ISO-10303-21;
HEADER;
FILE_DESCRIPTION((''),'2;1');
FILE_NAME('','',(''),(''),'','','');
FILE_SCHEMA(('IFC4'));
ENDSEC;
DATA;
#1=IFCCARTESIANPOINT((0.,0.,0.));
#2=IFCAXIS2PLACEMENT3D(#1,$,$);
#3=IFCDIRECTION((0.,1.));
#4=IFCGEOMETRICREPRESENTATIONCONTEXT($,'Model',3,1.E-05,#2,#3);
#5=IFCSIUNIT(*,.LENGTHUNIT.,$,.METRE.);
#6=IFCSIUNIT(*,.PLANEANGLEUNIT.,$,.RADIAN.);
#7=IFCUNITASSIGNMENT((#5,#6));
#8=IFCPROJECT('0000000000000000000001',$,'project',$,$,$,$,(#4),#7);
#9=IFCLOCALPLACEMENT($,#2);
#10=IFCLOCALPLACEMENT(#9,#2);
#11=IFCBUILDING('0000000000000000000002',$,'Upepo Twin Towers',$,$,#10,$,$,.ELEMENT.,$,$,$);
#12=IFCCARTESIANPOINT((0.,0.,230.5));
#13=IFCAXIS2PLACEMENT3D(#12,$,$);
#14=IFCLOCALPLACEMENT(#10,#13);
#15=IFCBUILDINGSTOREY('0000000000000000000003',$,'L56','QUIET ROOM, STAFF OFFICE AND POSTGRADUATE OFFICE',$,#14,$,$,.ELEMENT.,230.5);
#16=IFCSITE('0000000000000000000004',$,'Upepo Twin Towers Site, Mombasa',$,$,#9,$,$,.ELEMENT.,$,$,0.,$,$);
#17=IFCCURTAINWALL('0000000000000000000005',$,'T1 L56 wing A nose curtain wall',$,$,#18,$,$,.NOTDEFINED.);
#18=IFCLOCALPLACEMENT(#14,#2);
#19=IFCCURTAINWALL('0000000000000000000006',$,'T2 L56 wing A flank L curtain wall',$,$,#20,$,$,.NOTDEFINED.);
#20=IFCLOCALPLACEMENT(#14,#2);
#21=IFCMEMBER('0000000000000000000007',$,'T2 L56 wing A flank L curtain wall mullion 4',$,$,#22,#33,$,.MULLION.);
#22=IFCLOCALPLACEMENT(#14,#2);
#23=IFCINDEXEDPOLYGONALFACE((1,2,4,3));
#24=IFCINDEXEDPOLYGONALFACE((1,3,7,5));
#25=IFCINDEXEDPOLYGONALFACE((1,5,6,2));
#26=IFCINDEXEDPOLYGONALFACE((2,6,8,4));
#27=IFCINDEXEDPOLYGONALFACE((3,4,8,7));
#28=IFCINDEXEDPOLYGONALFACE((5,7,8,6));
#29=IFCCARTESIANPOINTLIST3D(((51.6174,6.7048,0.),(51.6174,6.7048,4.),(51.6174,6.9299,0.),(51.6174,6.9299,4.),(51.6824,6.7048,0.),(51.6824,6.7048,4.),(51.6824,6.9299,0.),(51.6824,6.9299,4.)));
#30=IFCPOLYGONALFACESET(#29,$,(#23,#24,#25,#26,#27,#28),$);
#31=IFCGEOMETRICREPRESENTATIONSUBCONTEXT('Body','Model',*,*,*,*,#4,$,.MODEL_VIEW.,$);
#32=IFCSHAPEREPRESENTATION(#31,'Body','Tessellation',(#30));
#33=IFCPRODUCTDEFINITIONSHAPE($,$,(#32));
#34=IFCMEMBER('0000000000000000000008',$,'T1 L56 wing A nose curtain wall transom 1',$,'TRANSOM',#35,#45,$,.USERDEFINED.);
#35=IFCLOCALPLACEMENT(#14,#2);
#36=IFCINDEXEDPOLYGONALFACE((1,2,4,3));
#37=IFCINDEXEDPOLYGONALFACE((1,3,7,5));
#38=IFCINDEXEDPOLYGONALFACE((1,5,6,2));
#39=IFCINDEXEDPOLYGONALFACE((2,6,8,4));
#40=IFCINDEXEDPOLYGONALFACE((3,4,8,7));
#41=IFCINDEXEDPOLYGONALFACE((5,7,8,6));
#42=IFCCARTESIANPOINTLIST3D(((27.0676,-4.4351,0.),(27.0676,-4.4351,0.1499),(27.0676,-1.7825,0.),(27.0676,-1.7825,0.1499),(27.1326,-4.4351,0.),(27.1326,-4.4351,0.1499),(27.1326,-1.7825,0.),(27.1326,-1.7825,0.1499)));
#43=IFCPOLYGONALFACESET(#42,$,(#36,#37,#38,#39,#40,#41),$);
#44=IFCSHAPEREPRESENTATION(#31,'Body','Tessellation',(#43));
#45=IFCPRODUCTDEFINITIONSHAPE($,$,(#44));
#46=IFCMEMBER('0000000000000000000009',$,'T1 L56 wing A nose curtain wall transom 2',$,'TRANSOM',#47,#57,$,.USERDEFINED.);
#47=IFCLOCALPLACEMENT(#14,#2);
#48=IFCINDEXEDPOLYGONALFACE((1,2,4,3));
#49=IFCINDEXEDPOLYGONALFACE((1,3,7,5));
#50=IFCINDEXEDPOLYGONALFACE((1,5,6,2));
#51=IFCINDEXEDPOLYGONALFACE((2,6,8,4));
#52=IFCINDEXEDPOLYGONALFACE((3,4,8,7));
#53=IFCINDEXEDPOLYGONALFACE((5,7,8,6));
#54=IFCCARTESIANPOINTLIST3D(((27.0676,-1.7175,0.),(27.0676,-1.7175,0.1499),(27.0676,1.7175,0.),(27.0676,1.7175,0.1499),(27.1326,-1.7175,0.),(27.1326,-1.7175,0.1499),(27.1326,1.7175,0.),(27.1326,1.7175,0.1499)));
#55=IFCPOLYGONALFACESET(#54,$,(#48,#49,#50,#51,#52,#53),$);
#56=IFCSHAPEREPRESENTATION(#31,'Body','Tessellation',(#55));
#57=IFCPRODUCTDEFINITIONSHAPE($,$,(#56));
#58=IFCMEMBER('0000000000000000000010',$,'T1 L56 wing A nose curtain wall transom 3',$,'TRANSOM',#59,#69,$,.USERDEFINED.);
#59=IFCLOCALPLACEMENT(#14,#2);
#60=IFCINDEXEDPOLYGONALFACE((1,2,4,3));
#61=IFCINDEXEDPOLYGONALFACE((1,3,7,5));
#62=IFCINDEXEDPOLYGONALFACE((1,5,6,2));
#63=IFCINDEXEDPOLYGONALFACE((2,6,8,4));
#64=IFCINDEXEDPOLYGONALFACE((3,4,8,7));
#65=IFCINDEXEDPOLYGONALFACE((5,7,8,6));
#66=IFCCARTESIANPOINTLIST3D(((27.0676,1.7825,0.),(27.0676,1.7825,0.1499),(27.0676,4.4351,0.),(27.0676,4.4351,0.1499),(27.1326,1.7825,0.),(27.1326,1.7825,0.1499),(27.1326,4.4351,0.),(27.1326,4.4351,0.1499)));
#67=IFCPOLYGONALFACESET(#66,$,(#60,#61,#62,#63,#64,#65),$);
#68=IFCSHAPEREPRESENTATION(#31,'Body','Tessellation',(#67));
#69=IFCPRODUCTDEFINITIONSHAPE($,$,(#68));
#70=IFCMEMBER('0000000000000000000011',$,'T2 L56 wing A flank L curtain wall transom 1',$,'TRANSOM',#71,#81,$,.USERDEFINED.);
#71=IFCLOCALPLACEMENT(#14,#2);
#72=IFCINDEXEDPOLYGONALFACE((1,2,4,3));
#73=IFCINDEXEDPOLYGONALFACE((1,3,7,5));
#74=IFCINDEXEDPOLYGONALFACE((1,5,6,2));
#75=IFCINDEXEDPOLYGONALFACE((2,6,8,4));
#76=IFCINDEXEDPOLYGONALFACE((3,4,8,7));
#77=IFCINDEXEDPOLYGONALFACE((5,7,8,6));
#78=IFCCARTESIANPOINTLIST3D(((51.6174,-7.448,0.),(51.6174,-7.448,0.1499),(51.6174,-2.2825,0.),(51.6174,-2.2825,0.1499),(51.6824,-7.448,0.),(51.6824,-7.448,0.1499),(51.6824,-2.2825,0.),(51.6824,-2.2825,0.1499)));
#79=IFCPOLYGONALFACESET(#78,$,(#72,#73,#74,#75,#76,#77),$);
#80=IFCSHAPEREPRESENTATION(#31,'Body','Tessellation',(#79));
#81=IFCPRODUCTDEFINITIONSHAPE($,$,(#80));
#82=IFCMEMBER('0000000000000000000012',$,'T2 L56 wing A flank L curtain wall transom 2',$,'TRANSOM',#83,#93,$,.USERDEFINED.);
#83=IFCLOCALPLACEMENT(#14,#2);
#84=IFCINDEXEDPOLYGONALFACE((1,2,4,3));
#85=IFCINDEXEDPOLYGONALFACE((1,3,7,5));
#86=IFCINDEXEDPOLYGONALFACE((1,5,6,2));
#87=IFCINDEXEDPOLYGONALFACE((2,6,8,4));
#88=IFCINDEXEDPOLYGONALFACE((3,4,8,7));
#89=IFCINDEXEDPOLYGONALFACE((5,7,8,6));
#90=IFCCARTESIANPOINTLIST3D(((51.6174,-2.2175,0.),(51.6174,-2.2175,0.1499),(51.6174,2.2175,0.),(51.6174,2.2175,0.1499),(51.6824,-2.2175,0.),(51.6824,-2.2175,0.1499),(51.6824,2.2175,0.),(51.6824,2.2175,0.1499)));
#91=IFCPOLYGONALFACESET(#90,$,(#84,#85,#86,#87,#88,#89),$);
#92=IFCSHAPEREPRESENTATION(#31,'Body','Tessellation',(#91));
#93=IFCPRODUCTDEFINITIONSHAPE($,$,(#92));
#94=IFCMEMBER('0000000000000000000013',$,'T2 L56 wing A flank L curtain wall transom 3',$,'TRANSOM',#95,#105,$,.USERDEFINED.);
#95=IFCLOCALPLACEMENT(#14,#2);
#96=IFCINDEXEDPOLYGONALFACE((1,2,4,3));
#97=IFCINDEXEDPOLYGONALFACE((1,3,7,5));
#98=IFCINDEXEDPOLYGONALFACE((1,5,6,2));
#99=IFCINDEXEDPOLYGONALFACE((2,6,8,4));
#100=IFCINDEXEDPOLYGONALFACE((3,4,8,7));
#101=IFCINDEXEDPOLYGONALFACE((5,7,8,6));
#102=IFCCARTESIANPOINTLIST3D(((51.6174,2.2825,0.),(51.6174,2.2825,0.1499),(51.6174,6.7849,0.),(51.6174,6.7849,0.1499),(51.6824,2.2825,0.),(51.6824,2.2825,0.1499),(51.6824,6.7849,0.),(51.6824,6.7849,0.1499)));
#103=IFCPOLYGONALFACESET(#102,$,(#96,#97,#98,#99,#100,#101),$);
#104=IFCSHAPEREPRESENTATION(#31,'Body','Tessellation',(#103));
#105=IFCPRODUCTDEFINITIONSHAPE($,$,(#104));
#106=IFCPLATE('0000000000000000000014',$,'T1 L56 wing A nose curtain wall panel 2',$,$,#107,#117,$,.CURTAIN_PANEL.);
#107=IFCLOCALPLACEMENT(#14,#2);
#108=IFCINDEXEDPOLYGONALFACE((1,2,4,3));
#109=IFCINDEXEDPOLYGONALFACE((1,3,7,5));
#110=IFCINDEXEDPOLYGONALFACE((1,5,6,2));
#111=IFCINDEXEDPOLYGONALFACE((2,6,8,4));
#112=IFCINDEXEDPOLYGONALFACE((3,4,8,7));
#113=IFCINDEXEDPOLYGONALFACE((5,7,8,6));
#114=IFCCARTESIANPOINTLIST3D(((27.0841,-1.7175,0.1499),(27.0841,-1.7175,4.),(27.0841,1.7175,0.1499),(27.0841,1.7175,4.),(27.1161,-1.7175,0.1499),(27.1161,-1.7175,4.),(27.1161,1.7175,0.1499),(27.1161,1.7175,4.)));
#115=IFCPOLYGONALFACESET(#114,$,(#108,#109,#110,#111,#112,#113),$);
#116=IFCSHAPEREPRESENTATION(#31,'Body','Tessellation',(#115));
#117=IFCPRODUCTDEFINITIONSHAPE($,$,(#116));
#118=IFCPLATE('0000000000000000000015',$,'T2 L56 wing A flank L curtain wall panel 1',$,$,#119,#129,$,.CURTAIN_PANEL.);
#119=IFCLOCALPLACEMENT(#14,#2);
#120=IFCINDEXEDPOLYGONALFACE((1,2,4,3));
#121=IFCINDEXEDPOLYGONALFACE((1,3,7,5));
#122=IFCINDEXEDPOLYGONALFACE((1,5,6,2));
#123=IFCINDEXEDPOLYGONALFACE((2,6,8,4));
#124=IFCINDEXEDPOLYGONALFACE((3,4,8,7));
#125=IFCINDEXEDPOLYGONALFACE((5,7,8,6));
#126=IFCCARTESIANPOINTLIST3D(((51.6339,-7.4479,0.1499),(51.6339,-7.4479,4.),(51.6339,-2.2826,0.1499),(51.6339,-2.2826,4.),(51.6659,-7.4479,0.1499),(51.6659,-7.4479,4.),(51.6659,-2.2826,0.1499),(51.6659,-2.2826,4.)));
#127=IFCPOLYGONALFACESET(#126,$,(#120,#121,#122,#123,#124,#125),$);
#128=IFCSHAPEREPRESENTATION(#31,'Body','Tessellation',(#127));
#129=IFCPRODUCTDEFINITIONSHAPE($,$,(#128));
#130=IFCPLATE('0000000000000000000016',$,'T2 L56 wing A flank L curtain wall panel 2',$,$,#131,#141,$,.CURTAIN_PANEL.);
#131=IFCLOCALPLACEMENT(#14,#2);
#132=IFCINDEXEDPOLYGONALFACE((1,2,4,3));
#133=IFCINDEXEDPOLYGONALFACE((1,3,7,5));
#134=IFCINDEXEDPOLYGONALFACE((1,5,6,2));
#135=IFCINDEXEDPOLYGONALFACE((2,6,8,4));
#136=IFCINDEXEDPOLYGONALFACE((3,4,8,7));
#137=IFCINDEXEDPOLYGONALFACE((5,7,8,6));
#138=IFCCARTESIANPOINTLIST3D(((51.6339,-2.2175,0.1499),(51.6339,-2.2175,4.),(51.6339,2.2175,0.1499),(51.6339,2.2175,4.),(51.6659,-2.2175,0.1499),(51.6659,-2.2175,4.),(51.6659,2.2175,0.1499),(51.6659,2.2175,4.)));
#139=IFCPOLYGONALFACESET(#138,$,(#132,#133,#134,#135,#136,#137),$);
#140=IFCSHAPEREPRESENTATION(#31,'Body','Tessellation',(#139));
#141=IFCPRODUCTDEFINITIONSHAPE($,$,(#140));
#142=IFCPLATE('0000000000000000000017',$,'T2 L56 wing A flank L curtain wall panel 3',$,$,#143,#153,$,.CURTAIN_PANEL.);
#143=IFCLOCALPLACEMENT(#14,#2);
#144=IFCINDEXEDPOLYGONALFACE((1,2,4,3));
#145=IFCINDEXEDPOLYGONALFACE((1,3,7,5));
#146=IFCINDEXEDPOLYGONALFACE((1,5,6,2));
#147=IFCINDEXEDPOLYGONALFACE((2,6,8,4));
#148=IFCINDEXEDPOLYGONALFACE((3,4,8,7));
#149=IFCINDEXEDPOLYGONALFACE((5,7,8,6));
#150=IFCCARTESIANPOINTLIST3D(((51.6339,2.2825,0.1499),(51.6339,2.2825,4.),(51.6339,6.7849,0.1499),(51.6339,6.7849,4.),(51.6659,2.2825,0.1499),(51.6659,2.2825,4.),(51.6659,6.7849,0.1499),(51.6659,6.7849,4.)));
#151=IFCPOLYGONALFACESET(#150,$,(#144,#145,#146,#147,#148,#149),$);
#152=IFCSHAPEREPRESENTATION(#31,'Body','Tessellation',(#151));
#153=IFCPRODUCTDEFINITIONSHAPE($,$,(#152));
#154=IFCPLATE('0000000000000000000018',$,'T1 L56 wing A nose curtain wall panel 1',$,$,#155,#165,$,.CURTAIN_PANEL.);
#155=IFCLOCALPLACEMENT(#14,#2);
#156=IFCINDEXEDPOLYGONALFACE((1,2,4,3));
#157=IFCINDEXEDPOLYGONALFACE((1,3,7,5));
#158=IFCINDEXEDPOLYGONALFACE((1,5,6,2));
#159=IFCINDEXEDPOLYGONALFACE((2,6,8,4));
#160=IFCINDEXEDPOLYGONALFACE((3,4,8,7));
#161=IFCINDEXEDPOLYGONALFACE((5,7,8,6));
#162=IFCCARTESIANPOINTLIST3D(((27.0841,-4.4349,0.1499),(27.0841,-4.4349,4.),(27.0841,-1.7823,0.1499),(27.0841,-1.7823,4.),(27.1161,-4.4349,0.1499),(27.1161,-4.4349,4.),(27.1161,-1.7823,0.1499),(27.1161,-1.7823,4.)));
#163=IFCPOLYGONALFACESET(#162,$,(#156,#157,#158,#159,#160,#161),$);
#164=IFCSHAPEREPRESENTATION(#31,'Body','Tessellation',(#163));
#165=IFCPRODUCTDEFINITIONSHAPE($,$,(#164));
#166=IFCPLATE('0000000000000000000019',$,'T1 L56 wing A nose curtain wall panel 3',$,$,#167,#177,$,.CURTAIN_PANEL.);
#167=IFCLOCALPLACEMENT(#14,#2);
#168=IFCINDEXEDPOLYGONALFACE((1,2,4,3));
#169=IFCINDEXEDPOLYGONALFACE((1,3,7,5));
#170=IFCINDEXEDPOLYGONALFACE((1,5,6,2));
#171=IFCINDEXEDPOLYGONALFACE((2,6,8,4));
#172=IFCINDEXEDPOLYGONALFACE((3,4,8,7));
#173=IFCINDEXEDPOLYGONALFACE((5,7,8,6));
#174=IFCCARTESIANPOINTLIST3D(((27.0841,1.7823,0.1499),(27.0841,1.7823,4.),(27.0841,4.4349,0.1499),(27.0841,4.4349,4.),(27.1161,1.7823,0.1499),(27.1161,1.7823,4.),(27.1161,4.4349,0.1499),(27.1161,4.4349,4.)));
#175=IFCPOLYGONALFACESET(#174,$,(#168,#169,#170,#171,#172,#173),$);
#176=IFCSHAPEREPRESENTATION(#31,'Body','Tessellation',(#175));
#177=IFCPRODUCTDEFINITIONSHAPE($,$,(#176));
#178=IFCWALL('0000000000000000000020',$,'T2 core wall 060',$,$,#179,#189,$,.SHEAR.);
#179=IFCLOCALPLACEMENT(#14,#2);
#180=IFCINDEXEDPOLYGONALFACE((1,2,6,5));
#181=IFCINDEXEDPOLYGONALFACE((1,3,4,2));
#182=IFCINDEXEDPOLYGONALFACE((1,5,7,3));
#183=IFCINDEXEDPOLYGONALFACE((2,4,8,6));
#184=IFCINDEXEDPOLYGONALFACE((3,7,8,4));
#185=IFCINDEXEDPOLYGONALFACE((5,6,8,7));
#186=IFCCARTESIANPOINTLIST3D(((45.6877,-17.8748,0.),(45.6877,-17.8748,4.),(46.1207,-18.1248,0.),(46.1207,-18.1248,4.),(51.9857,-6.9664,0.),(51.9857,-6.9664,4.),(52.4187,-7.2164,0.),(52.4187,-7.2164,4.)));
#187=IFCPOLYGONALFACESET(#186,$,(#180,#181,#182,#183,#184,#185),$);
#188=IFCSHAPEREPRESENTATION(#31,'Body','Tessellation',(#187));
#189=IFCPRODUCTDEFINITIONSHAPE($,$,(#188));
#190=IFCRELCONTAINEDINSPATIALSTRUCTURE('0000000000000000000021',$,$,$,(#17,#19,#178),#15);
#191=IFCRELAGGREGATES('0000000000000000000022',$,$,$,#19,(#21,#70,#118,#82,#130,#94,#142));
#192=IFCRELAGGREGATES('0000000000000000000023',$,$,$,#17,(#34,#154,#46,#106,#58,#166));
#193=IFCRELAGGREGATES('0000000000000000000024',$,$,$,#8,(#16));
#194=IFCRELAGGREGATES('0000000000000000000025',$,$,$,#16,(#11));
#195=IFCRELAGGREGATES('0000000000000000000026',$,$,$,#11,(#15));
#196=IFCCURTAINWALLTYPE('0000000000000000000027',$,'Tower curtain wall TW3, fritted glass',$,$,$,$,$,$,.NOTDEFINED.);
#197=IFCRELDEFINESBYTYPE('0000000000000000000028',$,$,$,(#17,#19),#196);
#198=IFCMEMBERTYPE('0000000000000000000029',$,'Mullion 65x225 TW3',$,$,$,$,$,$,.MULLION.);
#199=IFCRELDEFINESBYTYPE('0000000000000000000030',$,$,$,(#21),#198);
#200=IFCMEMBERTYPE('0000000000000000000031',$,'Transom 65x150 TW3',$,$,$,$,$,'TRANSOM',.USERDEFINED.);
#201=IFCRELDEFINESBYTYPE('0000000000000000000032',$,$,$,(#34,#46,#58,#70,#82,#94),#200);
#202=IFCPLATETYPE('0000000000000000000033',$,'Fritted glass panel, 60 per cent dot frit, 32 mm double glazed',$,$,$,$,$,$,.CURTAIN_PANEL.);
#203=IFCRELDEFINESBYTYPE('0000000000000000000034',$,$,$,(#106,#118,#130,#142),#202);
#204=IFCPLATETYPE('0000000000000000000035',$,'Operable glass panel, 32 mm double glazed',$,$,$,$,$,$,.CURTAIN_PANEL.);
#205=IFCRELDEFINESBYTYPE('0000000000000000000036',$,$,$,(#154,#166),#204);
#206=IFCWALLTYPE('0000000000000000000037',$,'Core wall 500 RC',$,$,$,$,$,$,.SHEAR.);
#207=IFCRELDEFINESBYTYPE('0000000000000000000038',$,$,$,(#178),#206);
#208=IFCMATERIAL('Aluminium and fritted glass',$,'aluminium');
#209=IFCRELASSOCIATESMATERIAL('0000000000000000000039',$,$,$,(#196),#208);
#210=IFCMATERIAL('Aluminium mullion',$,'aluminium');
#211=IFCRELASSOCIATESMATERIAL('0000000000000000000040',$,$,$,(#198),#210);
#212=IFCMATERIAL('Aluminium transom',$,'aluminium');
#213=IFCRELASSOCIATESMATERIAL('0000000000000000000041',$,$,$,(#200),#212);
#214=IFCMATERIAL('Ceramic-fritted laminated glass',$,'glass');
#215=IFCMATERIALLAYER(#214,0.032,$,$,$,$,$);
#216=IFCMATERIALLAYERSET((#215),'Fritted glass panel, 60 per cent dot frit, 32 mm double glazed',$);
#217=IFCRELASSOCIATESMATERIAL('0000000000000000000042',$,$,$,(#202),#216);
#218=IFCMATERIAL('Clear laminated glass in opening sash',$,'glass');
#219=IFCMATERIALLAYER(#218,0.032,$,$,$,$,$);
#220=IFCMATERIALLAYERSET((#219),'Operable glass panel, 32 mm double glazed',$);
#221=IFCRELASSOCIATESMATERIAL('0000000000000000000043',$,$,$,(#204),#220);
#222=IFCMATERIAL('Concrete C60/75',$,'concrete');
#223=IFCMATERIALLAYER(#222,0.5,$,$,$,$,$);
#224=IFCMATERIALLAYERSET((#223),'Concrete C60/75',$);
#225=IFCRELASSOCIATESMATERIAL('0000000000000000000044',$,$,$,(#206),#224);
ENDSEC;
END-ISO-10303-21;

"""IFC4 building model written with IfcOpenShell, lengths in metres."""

from ifc_helpers import new_model, si_unit, direction, frame, frame_2d, origin, origin_2d, place, context, subcontext, project, spatial, rectangle, extrude, material, layer, layer_set, material_profile, profile_set, type_object, element, aggregate, save


model = new_model("IFC4")

# Units and contexts
model_context = context("Model", 3, precision=1e-05, world=origin(), true_north=direction((0.0, 1.0)))
body_context = subcontext(model_context, "Body", "Model", "MODEL_VIEW")
ifc_project = project(units=[si_unit("LENGTHUNIT", "METRE"), si_unit("PLANEANGLEUNIT", "RADIAN")], contexts=[model_context])

# Site, building, storey
site_placement = place(None, origin())
site = spatial("IfcSite", under=ifc_project, at=site_placement, Name="Upepo Twin Towers Site, Mombasa", CompositionType="ELEMENT", RefElevation=0.0)
building_placement = place(site_placement, origin())
building = spatial("IfcBuilding", under=site, at=building_placement, Name="Upepo Twin Towers", CompositionType="ELEMENT")
storey_placement = place(building_placement, frame((0.0, 0.0, 230.5)))
storey = spatial("IfcBuildingStorey", under=building, at=storey_placement, Name="L56", Description="QUIET ROOM, STAFF OFFICE AND POSTGRADUATE OFFICE", CompositionType="ELEMENT", Elevation=230.5)

# Curtain walls, member
ifc_material_1 = material(Name="Aluminium and fritted glass", Category="aluminium")
curtain_wall_type = type_object("IfcCurtainWallType", Name="Tower curtain wall TW3, fritted glass", PredefinedType="NOTDEFINED", material=ifc_material_1)
curtain_wall_1_placement = place(storey_placement, origin())
curtain_wall_1 = element("IfcCurtainWall", 1, at=curtain_wall_1_placement, inside=storey, type_object=curtain_wall_type, Name="T1 L56 wing A nose curtain wall", PredefinedType="NOTDEFINED")
ifc_material_2 = material(Name="Aluminium mullion", Category="aluminium")
ifc_material_profile_1 = material_profile(ifc_material_2, rectangle(XDim=0.0649, YDim=0.2251, at=origin_2d()), Name="MULLION 65x225")
ifc_profile_set_1 = profile_set([ifc_material_profile_1], Name="Aluminium mullion")
member_type_1 = type_object("IfcMemberType", Name="Mullion 65x225 TW3", PredefinedType="MULLION", material=ifc_profile_set_1)
curtain_wall_2_placement = place(storey_placement, origin())
curtain_wall_2 = element("IfcCurtainWall", 2, at=curtain_wall_2_placement, inside=storey, type_object=curtain_wall_type, Name="T2 L56 wing A flank L curtain wall", PredefinedType="NOTDEFINED")
member_1_placement = place(storey_placement, frame((51.6499, 6.8174, 0.0), z_axis=(0.0, 0.0, 1.0), x_axis=(-1.0, 0.0, 0.0)))
member_1 = element("IfcMember", 3, at=member_1_placement, type_object=member_type_1, Name="T2 L56 wing A flank L curtain wall mullion 4", PredefinedType="MULLION", context=body_context, shape_type="SweptSolid", body=[
    extrude(rectangle(XDim=0.0649, YDim=0.2251, at=origin_2d()), origin(), (0.0, 0.0, 1.0), 4.0),
])

# Members
ifc_material_3 = material(Name="Aluminium transom", Category="aluminium")
ifc_material_profile_2 = material_profile(ifc_material_3, rectangle(XDim=0.0649, YDim=0.1499, at=origin_2d()), Name="TRANSOM 65x150")
ifc_profile_set_2 = profile_set([ifc_material_profile_2], Name="Aluminium transom")
member_type_2 = type_object("IfcMemberType", Name="Transom 65x150 TW3", ElementType="TRANSOM", PredefinedType="USERDEFINED", material=ifc_profile_set_2)
member_2_placement = place(storey_placement, frame((27.1001, -4.4351, 0.075), z_axis=(0.0, 1.0, 0.0), x_axis=(-1.0, 0.0, 0.0)))
member_2 = element("IfcMember", 4, at=member_2_placement, type_object=member_type_2, Name="T1 L56 wing A nose curtain wall transom 1", ObjectType="TRANSOM", PredefinedType="USERDEFINED", context=body_context, shape_type="SweptSolid", body=[
    extrude(rectangle(XDim=0.0649, YDim=0.1499, at=origin_2d()), origin(), (0.0, 0.0, 1.0), 2.6526),
])
member_3_placement = place(storey_placement, frame((27.1001, -1.7175, 0.075), z_axis=(0.0, 1.0, 0.0), x_axis=(-1.0, 0.0, 0.0)))
member_3 = element("IfcMember", 5, at=member_3_placement, type_object=member_type_2, Name="T1 L56 wing A nose curtain wall transom 2", ObjectType="TRANSOM", PredefinedType="USERDEFINED", context=body_context, shape_type="SweptSolid", body=[
    extrude(rectangle(XDim=0.0649, YDim=0.1499, at=origin_2d()), origin(), (0.0, 0.0, 1.0), 3.4351),
])
member_4_placement = place(storey_placement, frame((27.1001, 1.7825, 0.075), z_axis=(0.0, 1.0, 0.0), x_axis=(-1.0, 0.0, 0.0)))
member_4 = element("IfcMember", 6, at=member_4_placement, type_object=member_type_2, Name="T1 L56 wing A nose curtain wall transom 3", ObjectType="TRANSOM", PredefinedType="USERDEFINED", context=body_context, shape_type="SweptSolid", body=[
    extrude(rectangle(XDim=0.0649, YDim=0.1499, at=origin_2d()), origin(), (0.0, 0.0, 1.0), 2.6526),
])
member_5_placement = place(storey_placement, frame((51.6499, -7.448, 0.075), z_axis=(0.0, 1.0, 0.0), x_axis=(-1.0, 0.0, 0.0)))
member_5 = element("IfcMember", 7, at=member_5_placement, type_object=member_type_2, Name="T2 L56 wing A flank L curtain wall transom 1", ObjectType="TRANSOM", PredefinedType="USERDEFINED", context=body_context, shape_type="SweptSolid", body=[
    extrude(rectangle(XDim=0.0649, YDim=0.1499, at=origin_2d()), origin(), (0.0, 0.0, 1.0), 5.1655),
])
member_6_placement = place(storey_placement, frame((51.6499, -2.2175, 0.075), z_axis=(0.0, 1.0, 0.0), x_axis=(-1.0, 0.0, 0.0)))
member_6 = element("IfcMember", 8, at=member_6_placement, type_object=member_type_2, Name="T2 L56 wing A flank L curtain wall transom 2", ObjectType="TRANSOM", PredefinedType="USERDEFINED", context=body_context, shape_type="SweptSolid", body=[
    extrude(rectangle(XDim=0.0649, YDim=0.1499, at=origin_2d()), origin(), (0.0, 0.0, 1.0), 4.4351),
])
member_7_placement = place(storey_placement, frame((51.6499, 2.2825, 0.075), z_axis=(0.0, 1.0, 0.0), x_axis=(-1.0, 0.0, 0.0)))
member_7 = element("IfcMember", 9, at=member_7_placement, type_object=member_type_2, Name="T2 L56 wing A flank L curtain wall transom 3", ObjectType="TRANSOM", PredefinedType="USERDEFINED", context=body_context, shape_type="SweptSolid", body=[
    extrude(rectangle(XDim=0.0649, YDim=0.1499, at=origin_2d()), origin(), (0.0, 0.0, 1.0), 4.5024),
])

# Plates
ifc_material_4 = material(Name="Ceramic-fritted laminated glass", Category="glass")
ifc_layer_1 = layer(ifc_material_4, 0.032)
ifc_layer_set_1 = layer_set([ifc_layer_1], Name="Fritted glass panel, 60 per cent dot frit, 32 mm double glazed")
plate_type_1 = type_object("IfcPlateType", Name="Fritted glass panel, 60 per cent dot frit, 32 mm double glazed", PredefinedType="CURTAIN_PANEL", material=ifc_layer_set_1)
plate_1_placement = place(storey_placement, frame((27.1001, 0.0, 0.1499), z_axis=(0.0, 0.0, 1.0), x_axis=(0.0, 1.0, 0.0)))
plate_1 = element("IfcPlate", 10, at=plate_1_placement, type_object=plate_type_1, Name="T1 L56 wing A nose curtain wall panel 2", PredefinedType="CURTAIN_PANEL", context=body_context, shape_type="SweptSolid", body=[
    extrude(rectangle(XDim=3.4351, YDim=0.032, at=origin_2d()), origin(), (0.0, 0.0, 1.0), 3.8501),
])
plate_2_placement = place(storey_placement, frame((51.6499, -4.8652, 0.1499), z_axis=(0.0, 0.0, 1.0), x_axis=(0.0, 1.0, 0.0)))
plate_2 = element("IfcPlate", 11, at=plate_2_placement, type_object=plate_type_1, Name="T2 L56 wing A flank L curtain wall panel 1", PredefinedType="CURTAIN_PANEL", context=body_context, shape_type="SweptSolid", body=[
    extrude(rectangle(XDim=5.1653, YDim=0.032, at=origin_2d()), origin(), (0.0, 0.0, 1.0), 3.8501),
])
plate_3_placement = place(storey_placement, frame((51.6499, 0.0, 0.1499), z_axis=(0.0, 0.0, 1.0), x_axis=(0.0, 1.0, 0.0)))
plate_3 = element("IfcPlate", 12, at=plate_3_placement, type_object=plate_type_1, Name="T2 L56 wing A flank L curtain wall panel 2", PredefinedType="CURTAIN_PANEL", context=body_context, shape_type="SweptSolid", body=[
    extrude(rectangle(XDim=4.4351, YDim=0.032, at=origin_2d()), origin(), (0.0, 0.0, 1.0), 3.8501),
])
plate_4_placement = place(storey_placement, frame((51.6499, 4.5337, 0.1499), z_axis=(0.0, 0.0, 1.0), x_axis=(0.0, 1.0, 0.0)))
plate_4 = element("IfcPlate", 13, at=plate_4_placement, type_object=plate_type_1, Name="T2 L56 wing A flank L curtain wall panel 3", PredefinedType="CURTAIN_PANEL", context=body_context, shape_type="SweptSolid", body=[
    extrude(rectangle(XDim=4.5024, YDim=0.032, at=origin_2d()), origin(), (0.0, 0.0, 1.0), 3.8501),
])
aggregate(curtain_wall_2, [member_1, member_5, plate_2, member_6, plate_3, member_7, plate_4])
ifc_material_5 = material(Name="Clear laminated glass in opening sash", Category="glass")
ifc_layer_2 = layer(ifc_material_5, 0.032)
ifc_layer_set_2 = layer_set([ifc_layer_2], Name="Operable glass panel, 32 mm double glazed")
plate_type_2 = type_object("IfcPlateType", Name="Operable glass panel, 32 mm double glazed", PredefinedType="CURTAIN_PANEL", material=ifc_layer_set_2)
plate_5_placement = place(storey_placement, frame((27.1001, -3.1086, 0.1499), z_axis=(0.0, 0.0, 1.0), x_axis=(0.0, 1.0, 0.0)))
plate_5 = element("IfcPlate", 14, at=plate_5_placement, type_object=plate_type_2, Name="T1 L56 wing A nose curtain wall panel 1", PredefinedType="CURTAIN_PANEL", context=body_context, shape_type="SweptSolid", body=[
    extrude(rectangle(XDim=2.6526, YDim=0.032, at=origin_2d()), origin(), (0.0, 0.0, 1.0), 3.8501),
])
plate_6_placement = place(storey_placement, frame((27.1001, 3.1086, 0.1499), z_axis=(0.0, 0.0, 1.0), x_axis=(0.0, 1.0, 0.0)))
plate_6 = element("IfcPlate", 15, at=plate_6_placement, type_object=plate_type_2, Name="T1 L56 wing A nose curtain wall panel 3", PredefinedType="CURTAIN_PANEL", context=body_context, shape_type="SweptSolid", body=[
    extrude(rectangle(XDim=2.6526, YDim=0.032, at=origin_2d()), origin(), (0.0, 0.0, 1.0), 3.8501),
])
aggregate(curtain_wall_1, [member_2, plate_5, member_3, plate_1, member_4, plate_6])

# Wall
ifc_material_6 = material(Name="Concrete C60/75", Category="concrete")
ifc_layer_3 = layer(ifc_material_6, 0.5)
ifc_layer_set_3 = layer_set([ifc_layer_3], Name="Concrete C60/75")
wall_type_1 = type_object("IfcWallType", Name="Core wall 500 RC", PredefinedType="SHEAR", material=ifc_layer_set_3)
wall_1_placement = place(storey_placement, frame((52.2021, -7.0916, 0.0), z_axis=(0.0, 0.0, 1.0), x_axis=(-0.500006, -0.866022, 0.0)))
element("IfcWall", 16, at=wall_1_placement, inside=storey, type_object=wall_type_1, Name="T2 core wall 060", PredefinedType="SHEAR", context=body_context, shape_type="SweptSolid", body=[
    extrude(rectangle(XDim=12.5959, YDim=0.5, at=frame_2d((6.2979, 0.0))), origin(), (0.0, 0.0, 1.0), 4.0),
])

save(model, "model.ifc")
